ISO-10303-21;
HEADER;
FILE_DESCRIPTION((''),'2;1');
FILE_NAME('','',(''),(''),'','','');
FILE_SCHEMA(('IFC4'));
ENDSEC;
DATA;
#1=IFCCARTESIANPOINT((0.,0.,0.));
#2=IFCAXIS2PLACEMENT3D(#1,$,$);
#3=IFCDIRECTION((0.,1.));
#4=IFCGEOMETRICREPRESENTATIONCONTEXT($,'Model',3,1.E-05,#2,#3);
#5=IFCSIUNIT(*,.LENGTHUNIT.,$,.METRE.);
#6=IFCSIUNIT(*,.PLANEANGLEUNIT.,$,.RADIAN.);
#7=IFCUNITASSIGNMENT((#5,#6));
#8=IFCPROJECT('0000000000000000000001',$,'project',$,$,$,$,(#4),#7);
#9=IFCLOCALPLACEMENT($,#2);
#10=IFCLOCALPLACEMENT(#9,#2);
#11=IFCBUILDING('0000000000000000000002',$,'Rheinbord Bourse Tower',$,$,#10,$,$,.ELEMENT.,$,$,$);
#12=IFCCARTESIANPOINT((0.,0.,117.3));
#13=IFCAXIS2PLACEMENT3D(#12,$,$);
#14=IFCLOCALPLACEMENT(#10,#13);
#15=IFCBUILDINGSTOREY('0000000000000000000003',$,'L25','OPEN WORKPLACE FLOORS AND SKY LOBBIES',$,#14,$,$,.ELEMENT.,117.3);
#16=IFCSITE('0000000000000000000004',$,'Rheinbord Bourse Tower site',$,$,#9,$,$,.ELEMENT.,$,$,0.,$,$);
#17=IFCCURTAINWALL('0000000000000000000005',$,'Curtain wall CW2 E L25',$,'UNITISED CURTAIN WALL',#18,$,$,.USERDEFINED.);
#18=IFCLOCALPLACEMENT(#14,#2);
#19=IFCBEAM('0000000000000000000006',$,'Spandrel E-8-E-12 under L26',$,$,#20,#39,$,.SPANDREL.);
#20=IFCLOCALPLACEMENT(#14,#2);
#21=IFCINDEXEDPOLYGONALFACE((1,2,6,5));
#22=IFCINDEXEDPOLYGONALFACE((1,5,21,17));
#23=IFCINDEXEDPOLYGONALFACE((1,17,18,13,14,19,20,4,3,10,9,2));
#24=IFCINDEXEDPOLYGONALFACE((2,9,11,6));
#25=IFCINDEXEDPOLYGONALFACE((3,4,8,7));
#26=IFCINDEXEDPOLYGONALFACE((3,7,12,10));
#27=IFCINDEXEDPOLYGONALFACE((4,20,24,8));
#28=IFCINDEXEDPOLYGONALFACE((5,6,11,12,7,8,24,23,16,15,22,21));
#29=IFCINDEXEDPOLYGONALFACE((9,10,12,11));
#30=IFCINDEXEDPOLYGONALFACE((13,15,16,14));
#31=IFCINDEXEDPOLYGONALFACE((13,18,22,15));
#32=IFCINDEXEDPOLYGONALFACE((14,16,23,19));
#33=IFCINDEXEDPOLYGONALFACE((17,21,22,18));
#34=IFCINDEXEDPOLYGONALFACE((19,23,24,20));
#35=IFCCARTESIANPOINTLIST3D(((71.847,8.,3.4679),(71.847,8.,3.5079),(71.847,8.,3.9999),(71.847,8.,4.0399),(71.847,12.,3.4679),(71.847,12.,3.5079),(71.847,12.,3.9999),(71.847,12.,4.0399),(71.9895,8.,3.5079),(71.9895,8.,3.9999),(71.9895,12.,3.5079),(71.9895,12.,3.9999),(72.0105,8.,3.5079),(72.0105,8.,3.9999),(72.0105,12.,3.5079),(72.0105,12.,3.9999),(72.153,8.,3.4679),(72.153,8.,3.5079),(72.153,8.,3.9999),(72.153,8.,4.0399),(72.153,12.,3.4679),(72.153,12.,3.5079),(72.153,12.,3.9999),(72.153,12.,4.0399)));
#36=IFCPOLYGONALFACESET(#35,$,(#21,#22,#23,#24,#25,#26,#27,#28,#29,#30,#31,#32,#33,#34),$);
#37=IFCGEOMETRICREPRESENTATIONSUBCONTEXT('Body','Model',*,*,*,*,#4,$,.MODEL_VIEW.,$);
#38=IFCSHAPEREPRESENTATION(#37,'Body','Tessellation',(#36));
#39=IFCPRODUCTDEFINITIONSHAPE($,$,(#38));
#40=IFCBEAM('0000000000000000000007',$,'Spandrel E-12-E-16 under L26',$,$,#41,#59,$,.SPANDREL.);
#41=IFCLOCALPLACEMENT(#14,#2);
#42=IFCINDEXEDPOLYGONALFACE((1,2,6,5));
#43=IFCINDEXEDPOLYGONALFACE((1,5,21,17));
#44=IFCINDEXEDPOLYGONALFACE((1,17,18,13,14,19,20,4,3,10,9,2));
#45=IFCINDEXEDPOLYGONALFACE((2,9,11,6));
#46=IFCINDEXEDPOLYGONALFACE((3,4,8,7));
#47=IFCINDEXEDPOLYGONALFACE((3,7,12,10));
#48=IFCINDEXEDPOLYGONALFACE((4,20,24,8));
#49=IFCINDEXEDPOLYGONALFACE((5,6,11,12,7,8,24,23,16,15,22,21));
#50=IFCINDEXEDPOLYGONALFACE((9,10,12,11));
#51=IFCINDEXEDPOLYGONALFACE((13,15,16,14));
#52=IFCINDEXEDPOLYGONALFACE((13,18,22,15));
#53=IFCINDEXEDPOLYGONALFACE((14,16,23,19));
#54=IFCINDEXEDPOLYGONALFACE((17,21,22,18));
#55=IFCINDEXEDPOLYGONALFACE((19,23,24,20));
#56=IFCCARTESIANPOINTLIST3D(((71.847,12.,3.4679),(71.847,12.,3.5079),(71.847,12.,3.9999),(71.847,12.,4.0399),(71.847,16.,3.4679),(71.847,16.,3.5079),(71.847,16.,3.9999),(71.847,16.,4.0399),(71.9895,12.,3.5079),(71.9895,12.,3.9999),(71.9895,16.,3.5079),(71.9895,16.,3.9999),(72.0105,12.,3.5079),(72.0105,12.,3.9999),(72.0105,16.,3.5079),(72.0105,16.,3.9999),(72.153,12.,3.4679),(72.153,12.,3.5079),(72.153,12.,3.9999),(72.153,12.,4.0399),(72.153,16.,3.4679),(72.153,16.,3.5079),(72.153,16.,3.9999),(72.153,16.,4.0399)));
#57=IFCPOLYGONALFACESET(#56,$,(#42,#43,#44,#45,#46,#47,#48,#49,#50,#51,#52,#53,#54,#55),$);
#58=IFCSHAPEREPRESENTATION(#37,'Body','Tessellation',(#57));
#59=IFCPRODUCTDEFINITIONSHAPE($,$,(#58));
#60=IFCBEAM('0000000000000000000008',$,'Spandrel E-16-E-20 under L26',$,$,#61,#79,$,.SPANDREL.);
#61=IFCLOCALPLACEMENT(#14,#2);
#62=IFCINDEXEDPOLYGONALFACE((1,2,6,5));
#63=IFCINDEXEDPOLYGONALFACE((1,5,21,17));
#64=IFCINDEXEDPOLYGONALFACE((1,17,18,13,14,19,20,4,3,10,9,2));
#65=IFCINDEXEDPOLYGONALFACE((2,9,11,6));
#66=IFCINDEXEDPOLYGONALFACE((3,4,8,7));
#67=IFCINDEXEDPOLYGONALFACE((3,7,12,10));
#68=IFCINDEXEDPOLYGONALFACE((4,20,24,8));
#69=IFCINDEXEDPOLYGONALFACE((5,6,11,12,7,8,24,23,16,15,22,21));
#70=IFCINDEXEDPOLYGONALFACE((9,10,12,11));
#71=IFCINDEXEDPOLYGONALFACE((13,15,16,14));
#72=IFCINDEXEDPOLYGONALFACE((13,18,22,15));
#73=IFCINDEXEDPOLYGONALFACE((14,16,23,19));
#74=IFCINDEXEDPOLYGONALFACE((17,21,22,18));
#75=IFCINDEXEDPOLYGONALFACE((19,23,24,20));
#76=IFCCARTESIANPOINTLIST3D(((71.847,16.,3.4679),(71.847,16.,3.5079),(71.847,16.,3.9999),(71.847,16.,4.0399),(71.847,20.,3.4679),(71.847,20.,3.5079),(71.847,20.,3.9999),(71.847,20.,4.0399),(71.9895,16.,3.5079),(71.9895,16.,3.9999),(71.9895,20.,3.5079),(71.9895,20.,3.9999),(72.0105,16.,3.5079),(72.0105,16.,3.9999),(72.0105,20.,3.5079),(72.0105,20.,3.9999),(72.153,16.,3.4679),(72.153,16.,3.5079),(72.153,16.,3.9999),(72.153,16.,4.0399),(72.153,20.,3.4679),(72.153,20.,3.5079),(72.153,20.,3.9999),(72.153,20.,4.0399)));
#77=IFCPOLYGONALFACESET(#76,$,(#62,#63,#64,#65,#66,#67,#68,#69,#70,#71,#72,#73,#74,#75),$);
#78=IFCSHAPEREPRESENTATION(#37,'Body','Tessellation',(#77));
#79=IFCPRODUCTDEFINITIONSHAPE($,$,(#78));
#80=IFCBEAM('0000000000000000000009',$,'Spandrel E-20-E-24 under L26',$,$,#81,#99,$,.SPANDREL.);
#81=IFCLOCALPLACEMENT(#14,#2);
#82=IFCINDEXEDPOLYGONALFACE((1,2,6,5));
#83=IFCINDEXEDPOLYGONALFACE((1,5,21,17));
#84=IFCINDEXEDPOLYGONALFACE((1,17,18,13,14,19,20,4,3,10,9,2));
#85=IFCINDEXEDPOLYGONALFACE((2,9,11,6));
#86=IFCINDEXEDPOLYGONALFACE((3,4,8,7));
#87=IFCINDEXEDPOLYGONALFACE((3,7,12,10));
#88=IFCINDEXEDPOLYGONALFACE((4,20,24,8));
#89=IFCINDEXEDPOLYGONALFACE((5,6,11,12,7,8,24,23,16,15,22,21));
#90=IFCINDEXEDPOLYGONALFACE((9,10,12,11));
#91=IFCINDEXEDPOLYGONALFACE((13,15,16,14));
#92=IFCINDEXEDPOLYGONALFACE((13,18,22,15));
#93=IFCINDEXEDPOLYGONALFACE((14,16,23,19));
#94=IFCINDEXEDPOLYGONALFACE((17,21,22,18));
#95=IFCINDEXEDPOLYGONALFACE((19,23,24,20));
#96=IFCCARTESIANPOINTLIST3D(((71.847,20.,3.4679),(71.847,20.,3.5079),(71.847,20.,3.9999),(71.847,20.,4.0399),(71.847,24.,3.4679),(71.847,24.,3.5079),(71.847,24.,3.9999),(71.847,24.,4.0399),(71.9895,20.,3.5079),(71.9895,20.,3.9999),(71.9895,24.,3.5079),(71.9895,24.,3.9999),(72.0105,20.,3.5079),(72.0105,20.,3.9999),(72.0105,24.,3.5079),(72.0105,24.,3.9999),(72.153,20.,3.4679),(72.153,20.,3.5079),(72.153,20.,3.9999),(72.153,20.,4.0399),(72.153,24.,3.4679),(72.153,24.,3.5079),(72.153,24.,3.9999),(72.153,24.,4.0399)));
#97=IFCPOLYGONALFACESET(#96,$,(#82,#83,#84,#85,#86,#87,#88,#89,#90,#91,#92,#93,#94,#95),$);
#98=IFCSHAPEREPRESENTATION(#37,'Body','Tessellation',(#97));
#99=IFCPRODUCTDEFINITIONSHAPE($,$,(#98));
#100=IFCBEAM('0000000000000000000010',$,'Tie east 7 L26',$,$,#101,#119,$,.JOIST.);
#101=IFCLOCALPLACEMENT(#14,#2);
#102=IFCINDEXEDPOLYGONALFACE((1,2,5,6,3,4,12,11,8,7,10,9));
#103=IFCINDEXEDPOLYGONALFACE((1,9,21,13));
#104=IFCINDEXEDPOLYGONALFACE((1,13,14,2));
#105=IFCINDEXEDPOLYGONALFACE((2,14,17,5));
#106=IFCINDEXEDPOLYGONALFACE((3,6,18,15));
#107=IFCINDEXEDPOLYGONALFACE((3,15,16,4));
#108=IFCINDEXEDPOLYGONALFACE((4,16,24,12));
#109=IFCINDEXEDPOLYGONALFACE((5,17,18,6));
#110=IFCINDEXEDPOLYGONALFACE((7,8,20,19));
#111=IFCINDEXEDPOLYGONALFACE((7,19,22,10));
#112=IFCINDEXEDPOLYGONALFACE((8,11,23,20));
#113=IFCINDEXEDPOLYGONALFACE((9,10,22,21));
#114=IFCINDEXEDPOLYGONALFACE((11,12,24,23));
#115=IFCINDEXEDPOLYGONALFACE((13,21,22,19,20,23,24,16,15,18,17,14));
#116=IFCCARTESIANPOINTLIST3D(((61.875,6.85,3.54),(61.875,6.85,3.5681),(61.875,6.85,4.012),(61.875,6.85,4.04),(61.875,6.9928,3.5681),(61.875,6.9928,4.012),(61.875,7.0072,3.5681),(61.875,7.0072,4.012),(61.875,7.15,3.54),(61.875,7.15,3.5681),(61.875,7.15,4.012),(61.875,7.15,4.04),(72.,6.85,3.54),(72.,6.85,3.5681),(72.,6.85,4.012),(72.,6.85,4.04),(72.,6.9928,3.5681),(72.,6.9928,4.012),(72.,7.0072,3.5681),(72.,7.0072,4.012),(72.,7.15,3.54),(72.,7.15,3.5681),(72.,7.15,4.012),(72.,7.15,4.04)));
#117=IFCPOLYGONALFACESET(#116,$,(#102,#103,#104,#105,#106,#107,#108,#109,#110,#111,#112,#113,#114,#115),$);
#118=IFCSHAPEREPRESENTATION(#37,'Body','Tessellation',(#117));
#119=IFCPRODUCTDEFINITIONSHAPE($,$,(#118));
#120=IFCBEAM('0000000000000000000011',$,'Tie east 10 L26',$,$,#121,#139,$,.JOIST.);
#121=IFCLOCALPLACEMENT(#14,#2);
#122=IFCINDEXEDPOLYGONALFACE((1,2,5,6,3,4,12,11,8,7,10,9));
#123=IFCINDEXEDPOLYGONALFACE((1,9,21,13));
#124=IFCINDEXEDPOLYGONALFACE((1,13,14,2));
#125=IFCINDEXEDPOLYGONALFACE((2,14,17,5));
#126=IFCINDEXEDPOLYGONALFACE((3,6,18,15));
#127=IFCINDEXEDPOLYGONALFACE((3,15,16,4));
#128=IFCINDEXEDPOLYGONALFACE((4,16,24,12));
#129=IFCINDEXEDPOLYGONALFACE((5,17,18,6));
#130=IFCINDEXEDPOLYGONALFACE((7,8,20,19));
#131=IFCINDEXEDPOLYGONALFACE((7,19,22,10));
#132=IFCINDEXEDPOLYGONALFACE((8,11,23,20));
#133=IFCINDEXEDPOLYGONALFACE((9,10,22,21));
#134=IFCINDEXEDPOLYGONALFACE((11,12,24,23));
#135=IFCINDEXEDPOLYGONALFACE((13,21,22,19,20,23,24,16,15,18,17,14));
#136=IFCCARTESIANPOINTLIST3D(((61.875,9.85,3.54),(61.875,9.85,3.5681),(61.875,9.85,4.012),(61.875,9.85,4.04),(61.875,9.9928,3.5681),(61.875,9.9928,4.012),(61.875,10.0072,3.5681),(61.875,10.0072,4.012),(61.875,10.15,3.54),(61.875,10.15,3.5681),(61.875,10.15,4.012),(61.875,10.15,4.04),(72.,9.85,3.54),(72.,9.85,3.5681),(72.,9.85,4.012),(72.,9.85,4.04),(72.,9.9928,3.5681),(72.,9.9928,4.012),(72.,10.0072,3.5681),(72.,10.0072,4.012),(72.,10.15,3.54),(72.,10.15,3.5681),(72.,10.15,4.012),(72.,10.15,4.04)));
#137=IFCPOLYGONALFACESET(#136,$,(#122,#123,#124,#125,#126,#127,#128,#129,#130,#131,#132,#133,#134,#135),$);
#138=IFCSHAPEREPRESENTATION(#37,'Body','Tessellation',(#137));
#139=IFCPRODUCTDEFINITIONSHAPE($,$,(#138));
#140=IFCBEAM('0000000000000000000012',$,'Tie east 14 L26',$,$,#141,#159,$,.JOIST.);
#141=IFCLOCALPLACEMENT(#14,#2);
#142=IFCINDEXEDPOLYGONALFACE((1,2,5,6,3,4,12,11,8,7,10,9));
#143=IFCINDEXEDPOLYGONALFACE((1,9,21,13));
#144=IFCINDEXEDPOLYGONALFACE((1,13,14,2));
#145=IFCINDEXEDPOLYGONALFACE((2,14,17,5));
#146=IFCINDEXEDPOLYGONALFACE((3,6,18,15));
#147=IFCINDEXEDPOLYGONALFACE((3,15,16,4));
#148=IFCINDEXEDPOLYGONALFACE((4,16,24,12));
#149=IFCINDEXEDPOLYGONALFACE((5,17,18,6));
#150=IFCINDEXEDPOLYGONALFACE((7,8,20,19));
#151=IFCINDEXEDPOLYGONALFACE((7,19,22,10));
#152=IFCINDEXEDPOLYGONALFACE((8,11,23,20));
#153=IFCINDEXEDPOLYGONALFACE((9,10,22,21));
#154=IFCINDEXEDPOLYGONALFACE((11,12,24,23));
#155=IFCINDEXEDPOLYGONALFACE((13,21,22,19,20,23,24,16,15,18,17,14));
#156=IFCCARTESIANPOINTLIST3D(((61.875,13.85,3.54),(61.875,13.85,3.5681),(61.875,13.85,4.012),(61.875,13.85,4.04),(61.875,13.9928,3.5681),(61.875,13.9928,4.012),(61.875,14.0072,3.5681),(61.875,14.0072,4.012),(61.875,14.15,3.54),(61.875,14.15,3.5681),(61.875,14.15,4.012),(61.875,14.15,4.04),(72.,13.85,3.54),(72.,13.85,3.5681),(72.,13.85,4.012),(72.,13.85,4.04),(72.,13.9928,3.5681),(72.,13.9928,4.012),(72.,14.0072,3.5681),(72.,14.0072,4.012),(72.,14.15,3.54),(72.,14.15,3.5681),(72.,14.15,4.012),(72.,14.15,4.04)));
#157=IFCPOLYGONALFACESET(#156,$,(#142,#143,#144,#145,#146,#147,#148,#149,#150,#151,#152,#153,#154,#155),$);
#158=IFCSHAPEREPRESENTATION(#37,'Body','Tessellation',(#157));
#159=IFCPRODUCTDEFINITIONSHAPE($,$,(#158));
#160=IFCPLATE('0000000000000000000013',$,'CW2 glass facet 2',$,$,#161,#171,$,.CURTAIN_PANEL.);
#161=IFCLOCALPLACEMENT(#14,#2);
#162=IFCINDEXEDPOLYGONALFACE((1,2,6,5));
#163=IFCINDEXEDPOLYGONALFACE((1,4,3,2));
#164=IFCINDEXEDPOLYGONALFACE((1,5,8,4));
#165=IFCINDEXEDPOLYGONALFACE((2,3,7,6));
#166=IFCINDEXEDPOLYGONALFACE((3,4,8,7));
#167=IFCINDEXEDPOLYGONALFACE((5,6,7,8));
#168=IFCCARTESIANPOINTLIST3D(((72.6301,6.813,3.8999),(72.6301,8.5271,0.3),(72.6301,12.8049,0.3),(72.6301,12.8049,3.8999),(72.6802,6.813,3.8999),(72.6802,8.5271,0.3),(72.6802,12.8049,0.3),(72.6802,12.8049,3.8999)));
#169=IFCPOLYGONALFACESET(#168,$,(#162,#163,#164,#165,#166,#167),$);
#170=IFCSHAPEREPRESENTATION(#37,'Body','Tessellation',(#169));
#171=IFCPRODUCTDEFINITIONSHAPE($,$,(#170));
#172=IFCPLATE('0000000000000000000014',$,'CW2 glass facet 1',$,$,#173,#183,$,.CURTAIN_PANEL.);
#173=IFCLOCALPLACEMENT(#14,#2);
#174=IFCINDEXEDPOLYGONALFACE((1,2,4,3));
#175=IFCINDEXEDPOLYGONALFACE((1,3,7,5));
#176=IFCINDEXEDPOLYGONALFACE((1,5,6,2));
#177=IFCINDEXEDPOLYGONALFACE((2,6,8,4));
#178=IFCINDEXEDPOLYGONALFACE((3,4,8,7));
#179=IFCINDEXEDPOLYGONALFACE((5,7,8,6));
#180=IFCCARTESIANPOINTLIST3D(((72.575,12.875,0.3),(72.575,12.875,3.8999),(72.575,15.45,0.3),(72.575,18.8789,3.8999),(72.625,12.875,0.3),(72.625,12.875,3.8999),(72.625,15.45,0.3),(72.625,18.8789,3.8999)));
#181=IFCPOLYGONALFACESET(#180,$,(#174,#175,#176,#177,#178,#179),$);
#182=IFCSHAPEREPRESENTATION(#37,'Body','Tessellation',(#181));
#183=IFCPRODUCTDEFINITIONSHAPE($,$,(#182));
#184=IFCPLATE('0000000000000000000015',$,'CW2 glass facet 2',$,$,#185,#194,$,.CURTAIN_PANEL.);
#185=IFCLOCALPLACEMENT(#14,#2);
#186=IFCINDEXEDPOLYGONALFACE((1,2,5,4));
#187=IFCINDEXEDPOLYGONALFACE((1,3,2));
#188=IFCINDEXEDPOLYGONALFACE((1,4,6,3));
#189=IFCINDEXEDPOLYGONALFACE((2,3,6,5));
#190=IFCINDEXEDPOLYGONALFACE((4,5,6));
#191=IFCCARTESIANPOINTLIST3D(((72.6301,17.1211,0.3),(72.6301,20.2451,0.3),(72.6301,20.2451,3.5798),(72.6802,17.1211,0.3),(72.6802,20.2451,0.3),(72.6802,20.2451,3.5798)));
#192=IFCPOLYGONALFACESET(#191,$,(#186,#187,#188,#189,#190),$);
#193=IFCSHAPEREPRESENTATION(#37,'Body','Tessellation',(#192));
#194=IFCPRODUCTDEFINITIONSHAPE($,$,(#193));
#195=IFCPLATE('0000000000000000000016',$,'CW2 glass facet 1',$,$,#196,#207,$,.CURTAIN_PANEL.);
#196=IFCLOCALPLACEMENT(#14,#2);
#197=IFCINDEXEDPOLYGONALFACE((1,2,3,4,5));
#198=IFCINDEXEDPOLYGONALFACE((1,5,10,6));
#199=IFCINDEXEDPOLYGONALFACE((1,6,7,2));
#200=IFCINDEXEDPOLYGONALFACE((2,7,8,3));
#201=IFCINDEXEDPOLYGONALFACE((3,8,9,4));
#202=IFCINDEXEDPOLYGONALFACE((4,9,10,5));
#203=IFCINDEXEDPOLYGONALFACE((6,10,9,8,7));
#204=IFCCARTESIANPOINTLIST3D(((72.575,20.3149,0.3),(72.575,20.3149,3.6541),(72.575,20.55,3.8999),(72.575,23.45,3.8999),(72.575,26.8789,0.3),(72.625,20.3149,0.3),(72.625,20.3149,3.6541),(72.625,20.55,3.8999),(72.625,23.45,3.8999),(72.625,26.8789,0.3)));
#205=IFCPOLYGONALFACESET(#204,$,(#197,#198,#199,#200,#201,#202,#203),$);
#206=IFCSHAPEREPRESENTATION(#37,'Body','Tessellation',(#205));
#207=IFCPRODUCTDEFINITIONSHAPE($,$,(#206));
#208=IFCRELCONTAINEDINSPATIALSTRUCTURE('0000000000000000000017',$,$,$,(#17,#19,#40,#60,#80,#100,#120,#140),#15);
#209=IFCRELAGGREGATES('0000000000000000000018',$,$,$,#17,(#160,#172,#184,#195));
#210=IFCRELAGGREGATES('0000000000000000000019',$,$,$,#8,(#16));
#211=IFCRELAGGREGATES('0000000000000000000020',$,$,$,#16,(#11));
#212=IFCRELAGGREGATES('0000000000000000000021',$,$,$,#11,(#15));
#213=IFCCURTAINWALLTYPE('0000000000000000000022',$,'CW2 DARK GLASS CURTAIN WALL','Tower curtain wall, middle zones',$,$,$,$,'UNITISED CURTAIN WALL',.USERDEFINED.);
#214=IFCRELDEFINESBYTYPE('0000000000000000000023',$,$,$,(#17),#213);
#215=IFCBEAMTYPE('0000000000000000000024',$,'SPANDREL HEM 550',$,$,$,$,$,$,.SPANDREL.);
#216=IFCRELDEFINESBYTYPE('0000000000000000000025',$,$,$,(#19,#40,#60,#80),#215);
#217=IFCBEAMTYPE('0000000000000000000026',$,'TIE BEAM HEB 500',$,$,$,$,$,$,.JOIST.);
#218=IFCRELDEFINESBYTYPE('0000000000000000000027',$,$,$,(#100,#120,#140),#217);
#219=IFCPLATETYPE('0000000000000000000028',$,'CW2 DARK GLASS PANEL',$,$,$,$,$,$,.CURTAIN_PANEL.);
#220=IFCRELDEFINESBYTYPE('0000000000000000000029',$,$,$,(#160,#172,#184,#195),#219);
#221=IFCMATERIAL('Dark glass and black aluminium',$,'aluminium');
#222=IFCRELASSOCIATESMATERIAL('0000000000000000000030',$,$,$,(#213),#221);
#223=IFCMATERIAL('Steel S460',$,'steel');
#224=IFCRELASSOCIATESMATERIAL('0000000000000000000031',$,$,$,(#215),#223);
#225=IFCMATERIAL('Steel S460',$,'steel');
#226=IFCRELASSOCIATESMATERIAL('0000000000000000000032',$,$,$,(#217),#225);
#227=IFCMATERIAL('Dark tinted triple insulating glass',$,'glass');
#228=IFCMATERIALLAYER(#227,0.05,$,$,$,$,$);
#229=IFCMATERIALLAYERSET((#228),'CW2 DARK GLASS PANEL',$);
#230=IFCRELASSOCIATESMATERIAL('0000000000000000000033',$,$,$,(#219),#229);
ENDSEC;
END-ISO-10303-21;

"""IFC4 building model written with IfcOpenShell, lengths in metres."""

from ifc_helpers import new_model, si_unit, direction, frame, origin, origin_2d, place, context, subcontext, project, spatial, polyline, i_section, outline, extrude, material, layer, layer_set, material_profile, profile_set, type_object, element, aggregate, save


model = new_model("IFC4")

# Units and contexts
model_context = context("Model", 3, precision=1e-05, world=origin(), true_north=direction((0.0, 1.0)))
body_context = subcontext(model_context, "Body", "Model", "MODEL_VIEW")
ifc_project = project(units=[si_unit("LENGTHUNIT", "METRE"), si_unit("PLANEANGLEUNIT", "RADIAN")], contexts=[model_context])

# Site, building, storey
site_placement = place(None, origin())
site = spatial("IfcSite", under=ifc_project, at=site_placement, Name="Rheinbord Bourse Tower site", CompositionType="ELEMENT", RefElevation=0.0)
building_placement = place(site_placement, origin())
building = spatial("IfcBuilding", under=site, at=building_placement, Name="Rheinbord Bourse Tower", CompositionType="ELEMENT")
storey_placement = place(building_placement, frame((0.0, 0.0, 117.3)))
storey = spatial("IfcBuildingStorey", under=building, at=storey_placement, Name="L25", Description="OPEN WORKPLACE FLOORS AND SKY LOBBIES", CompositionType="ELEMENT", Elevation=117.3)

# Curtain wall
ifc_material_1 = material(Name="Dark glass and black aluminium", Category="aluminium")
curtain_wall_type = type_object("IfcCurtainWallType", Name="CW2 DARK GLASS CURTAIN WALL", Description="Tower curtain wall, middle zones", ElementType="UNITISED CURTAIN WALL", PredefinedType="USERDEFINED", material=ifc_material_1)
curtain_wall_placement = place(storey_placement, origin())
curtain_wall = element("IfcCurtainWall", 1, at=curtain_wall_placement, inside=storey, type_object=curtain_wall_type, Name="Curtain wall CW2 E L25", ObjectType="UNITISED CURTAIN WALL", PredefinedType="USERDEFINED")

# Beams
ifc_material_2 = material(Name="Steel S460", Category="steel")
ifc_material_profile_1 = material_profile(ifc_material_2, i_section(OverallWidth=0.3059, OverallDepth=0.572, WebThickness=0.021, FlangeThickness=0.04, at=origin_2d()), Name="HEM 550")
ifc_profile_set_1 = profile_set([ifc_material_profile_1], Name="Steel S460")
beam_type_1 = type_object("IfcBeamType", Name="SPANDREL HEM 550", PredefinedType="SPANDREL", material=ifc_profile_set_1)
for number, where, z_axis, x_axis, name in (
    (2, (72.0, 8.0, 3.7539), (0.0, 1.0, 0.0), (-1.0, 0.0, 0.0), "Spandrel E-8-E-12 under L26"),
    (3, (72.0, 12.0, 3.7539), (0.0, 1.0, 0.0), (-1.0, 0.0, 0.0), "Spandrel E-12-E-16 under L26"),
    (4, (72.0, 16.0, 3.7539), (0.0, 1.0, 0.0), (-1.0, 0.0, 0.0), "Spandrel E-16-E-20 under L26"),
    (5, (72.0, 20.0, 3.7539), (0.0, 1.0, 0.0), (-1.0, 0.0, 0.0), "Spandrel E-20-E-24 under L26"),
):
    element("IfcBeam", number, at=place(storey_placement, frame(where, z_axis=z_axis, x_axis=x_axis)), inside=storey, type_object=beam_type_1, Name=name, PredefinedType="SPANDREL", context=body_context, shape_type="SweptSolid", body=[
        extrude(i_section(OverallWidth=0.3059, OverallDepth=0.572, WebThickness=0.021, FlangeThickness=0.04, at=origin_2d()), origin(), (0.0, 0.0, 1.0), 4.0),
    ])
ifc_material_3 = material(Name="Steel S460", Category="steel")
ifc_material_profile_2 = material_profile(ifc_material_3, i_section(OverallWidth=0.3, OverallDepth=0.5, WebThickness=0.0144, FlangeThickness=0.0281, at=origin_2d()), Name="HEB 500")
ifc_profile_set_2 = profile_set([ifc_material_profile_2], Name="Steel S460")
beam_type_2 = type_object("IfcBeamType", Name="TIE BEAM HEB 500", PredefinedType="JOIST", material=ifc_profile_set_2)
for number, where, z_axis, x_axis, name in (
    (6, (61.875, 7.0, 3.79), (1.0, 0.0, 0.0), (0.0, 1.0, 0.0), "Tie east 7 L26"),
    (7, (61.875, 10.0, 3.79), (1.0, 0.0, 0.0), (0.0, 1.0, 0.0), "Tie east 10 L26"),
    (8, (61.875, 14.0, 3.79), (1.0, 0.0, 0.0), (0.0, 1.0, 0.0), "Tie east 14 L26"),
):
    element("IfcBeam", number, at=place(storey_placement, frame(where, z_axis=z_axis, x_axis=x_axis)), inside=storey, type_object=beam_type_2, Name=name, PredefinedType="JOIST", context=body_context, shape_type="SweptSolid", body=[
        extrude(i_section(OverallWidth=0.3, OverallDepth=0.5, WebThickness=0.0144, FlangeThickness=0.0281, at=origin_2d()), origin(), (0.0, 0.0, 1.0), 10.125),
    ])

# Plates
ifc_material_4 = material(Name="Dark tinted triple insulating glass", Category="glass")
ifc_layer_1 = layer(ifc_material_4, 0.05)
ifc_layer_set_1 = layer_set([ifc_layer_1], Name="CW2 DARK GLASS PANEL")
plate_type = type_object("IfcPlateType", Name="CW2 DARK GLASS PANEL", PredefinedType="CURTAIN_PANEL", material=ifc_layer_set_1)
plate_1_placement = place(storey_placement, frame((72.6802, 12.8049, 3.8999), z_axis=(-1.0, 0.0, 0.0), x_axis=(0.0, 0.0, -1.0)))
plate_1 = element("IfcPlate", 9, at=plate_1_placement, type_object=plate_type, Name="CW2 glass facet 2", PredefinedType="CURTAIN_PANEL", context=body_context, shape_type="SweptSolid", body=[
    extrude(outline(polyline([(0.0, 0.0), (3.5999, 0.0), (3.5999, 4.2778), (0.0, 5.9919), (0.0, 0.0)])), origin(), (0.0, 0.0, 1.0), 0.05),
])
plate_2_placement = place(storey_placement, frame((72.625, 12.875, 0.3), z_axis=(-1.0, 0.0, 0.0), x_axis=(0.0, 0.0, 1.0)))
plate_2 = element("IfcPlate", 10, at=plate_2_placement, type_object=plate_type, Name="CW2 glass facet 1", PredefinedType="CURTAIN_PANEL", context=body_context, shape_type="SweptSolid", body=[
    extrude(outline(polyline([(0.0, 0.0), (3.5999, 0.0), (3.5999, 6.0039), (0.0, 2.575), (0.0, 0.0)])), origin(), (0.0, 0.0, 1.0), 0.05),
])
plate_3_placement = place(storey_placement, frame((72.6802, 20.2451, 0.3), z_axis=(-1.0, 0.0, 0.0), x_axis=(0.0, -1.0, 0.0)))
plate_3 = element("IfcPlate", 11, at=plate_3_placement, type_object=plate_type, Name="CW2 glass facet 2", PredefinedType="CURTAIN_PANEL", context=body_context, shape_type="SweptSolid", body=[
    extrude(outline(polyline([(0.0, 0.0), (3.124, 0.0), (0.0, 3.2798), (0.0, 0.0)])), origin(), (0.0, 0.0, 1.0), 0.05),
])
plate_4_placement = place(storey_placement, frame((72.625, 20.3149, 0.3), z_axis=(-1.0, 0.0, 0.0), x_axis=(0.0, 0.0, 1.0)))
plate_4 = element("IfcPlate", 12, at=plate_4_placement, type_object=plate_type, Name="CW2 glass facet 1", PredefinedType="CURTAIN_PANEL", context=body_context, shape_type="SweptSolid", body=[
    extrude(outline(polyline([(0.0, 0.0), (3.354, 0.0), (3.5999, 0.2351), (3.5999, 3.135), (0.0, 6.564), (0.0, 0.0)])), origin(), (0.0, 0.0, 1.0), 0.05),
])
aggregate(curtain_wall, [plate_1, plate_2, plate_3, plate_4])

save(model, "model.ifc")
